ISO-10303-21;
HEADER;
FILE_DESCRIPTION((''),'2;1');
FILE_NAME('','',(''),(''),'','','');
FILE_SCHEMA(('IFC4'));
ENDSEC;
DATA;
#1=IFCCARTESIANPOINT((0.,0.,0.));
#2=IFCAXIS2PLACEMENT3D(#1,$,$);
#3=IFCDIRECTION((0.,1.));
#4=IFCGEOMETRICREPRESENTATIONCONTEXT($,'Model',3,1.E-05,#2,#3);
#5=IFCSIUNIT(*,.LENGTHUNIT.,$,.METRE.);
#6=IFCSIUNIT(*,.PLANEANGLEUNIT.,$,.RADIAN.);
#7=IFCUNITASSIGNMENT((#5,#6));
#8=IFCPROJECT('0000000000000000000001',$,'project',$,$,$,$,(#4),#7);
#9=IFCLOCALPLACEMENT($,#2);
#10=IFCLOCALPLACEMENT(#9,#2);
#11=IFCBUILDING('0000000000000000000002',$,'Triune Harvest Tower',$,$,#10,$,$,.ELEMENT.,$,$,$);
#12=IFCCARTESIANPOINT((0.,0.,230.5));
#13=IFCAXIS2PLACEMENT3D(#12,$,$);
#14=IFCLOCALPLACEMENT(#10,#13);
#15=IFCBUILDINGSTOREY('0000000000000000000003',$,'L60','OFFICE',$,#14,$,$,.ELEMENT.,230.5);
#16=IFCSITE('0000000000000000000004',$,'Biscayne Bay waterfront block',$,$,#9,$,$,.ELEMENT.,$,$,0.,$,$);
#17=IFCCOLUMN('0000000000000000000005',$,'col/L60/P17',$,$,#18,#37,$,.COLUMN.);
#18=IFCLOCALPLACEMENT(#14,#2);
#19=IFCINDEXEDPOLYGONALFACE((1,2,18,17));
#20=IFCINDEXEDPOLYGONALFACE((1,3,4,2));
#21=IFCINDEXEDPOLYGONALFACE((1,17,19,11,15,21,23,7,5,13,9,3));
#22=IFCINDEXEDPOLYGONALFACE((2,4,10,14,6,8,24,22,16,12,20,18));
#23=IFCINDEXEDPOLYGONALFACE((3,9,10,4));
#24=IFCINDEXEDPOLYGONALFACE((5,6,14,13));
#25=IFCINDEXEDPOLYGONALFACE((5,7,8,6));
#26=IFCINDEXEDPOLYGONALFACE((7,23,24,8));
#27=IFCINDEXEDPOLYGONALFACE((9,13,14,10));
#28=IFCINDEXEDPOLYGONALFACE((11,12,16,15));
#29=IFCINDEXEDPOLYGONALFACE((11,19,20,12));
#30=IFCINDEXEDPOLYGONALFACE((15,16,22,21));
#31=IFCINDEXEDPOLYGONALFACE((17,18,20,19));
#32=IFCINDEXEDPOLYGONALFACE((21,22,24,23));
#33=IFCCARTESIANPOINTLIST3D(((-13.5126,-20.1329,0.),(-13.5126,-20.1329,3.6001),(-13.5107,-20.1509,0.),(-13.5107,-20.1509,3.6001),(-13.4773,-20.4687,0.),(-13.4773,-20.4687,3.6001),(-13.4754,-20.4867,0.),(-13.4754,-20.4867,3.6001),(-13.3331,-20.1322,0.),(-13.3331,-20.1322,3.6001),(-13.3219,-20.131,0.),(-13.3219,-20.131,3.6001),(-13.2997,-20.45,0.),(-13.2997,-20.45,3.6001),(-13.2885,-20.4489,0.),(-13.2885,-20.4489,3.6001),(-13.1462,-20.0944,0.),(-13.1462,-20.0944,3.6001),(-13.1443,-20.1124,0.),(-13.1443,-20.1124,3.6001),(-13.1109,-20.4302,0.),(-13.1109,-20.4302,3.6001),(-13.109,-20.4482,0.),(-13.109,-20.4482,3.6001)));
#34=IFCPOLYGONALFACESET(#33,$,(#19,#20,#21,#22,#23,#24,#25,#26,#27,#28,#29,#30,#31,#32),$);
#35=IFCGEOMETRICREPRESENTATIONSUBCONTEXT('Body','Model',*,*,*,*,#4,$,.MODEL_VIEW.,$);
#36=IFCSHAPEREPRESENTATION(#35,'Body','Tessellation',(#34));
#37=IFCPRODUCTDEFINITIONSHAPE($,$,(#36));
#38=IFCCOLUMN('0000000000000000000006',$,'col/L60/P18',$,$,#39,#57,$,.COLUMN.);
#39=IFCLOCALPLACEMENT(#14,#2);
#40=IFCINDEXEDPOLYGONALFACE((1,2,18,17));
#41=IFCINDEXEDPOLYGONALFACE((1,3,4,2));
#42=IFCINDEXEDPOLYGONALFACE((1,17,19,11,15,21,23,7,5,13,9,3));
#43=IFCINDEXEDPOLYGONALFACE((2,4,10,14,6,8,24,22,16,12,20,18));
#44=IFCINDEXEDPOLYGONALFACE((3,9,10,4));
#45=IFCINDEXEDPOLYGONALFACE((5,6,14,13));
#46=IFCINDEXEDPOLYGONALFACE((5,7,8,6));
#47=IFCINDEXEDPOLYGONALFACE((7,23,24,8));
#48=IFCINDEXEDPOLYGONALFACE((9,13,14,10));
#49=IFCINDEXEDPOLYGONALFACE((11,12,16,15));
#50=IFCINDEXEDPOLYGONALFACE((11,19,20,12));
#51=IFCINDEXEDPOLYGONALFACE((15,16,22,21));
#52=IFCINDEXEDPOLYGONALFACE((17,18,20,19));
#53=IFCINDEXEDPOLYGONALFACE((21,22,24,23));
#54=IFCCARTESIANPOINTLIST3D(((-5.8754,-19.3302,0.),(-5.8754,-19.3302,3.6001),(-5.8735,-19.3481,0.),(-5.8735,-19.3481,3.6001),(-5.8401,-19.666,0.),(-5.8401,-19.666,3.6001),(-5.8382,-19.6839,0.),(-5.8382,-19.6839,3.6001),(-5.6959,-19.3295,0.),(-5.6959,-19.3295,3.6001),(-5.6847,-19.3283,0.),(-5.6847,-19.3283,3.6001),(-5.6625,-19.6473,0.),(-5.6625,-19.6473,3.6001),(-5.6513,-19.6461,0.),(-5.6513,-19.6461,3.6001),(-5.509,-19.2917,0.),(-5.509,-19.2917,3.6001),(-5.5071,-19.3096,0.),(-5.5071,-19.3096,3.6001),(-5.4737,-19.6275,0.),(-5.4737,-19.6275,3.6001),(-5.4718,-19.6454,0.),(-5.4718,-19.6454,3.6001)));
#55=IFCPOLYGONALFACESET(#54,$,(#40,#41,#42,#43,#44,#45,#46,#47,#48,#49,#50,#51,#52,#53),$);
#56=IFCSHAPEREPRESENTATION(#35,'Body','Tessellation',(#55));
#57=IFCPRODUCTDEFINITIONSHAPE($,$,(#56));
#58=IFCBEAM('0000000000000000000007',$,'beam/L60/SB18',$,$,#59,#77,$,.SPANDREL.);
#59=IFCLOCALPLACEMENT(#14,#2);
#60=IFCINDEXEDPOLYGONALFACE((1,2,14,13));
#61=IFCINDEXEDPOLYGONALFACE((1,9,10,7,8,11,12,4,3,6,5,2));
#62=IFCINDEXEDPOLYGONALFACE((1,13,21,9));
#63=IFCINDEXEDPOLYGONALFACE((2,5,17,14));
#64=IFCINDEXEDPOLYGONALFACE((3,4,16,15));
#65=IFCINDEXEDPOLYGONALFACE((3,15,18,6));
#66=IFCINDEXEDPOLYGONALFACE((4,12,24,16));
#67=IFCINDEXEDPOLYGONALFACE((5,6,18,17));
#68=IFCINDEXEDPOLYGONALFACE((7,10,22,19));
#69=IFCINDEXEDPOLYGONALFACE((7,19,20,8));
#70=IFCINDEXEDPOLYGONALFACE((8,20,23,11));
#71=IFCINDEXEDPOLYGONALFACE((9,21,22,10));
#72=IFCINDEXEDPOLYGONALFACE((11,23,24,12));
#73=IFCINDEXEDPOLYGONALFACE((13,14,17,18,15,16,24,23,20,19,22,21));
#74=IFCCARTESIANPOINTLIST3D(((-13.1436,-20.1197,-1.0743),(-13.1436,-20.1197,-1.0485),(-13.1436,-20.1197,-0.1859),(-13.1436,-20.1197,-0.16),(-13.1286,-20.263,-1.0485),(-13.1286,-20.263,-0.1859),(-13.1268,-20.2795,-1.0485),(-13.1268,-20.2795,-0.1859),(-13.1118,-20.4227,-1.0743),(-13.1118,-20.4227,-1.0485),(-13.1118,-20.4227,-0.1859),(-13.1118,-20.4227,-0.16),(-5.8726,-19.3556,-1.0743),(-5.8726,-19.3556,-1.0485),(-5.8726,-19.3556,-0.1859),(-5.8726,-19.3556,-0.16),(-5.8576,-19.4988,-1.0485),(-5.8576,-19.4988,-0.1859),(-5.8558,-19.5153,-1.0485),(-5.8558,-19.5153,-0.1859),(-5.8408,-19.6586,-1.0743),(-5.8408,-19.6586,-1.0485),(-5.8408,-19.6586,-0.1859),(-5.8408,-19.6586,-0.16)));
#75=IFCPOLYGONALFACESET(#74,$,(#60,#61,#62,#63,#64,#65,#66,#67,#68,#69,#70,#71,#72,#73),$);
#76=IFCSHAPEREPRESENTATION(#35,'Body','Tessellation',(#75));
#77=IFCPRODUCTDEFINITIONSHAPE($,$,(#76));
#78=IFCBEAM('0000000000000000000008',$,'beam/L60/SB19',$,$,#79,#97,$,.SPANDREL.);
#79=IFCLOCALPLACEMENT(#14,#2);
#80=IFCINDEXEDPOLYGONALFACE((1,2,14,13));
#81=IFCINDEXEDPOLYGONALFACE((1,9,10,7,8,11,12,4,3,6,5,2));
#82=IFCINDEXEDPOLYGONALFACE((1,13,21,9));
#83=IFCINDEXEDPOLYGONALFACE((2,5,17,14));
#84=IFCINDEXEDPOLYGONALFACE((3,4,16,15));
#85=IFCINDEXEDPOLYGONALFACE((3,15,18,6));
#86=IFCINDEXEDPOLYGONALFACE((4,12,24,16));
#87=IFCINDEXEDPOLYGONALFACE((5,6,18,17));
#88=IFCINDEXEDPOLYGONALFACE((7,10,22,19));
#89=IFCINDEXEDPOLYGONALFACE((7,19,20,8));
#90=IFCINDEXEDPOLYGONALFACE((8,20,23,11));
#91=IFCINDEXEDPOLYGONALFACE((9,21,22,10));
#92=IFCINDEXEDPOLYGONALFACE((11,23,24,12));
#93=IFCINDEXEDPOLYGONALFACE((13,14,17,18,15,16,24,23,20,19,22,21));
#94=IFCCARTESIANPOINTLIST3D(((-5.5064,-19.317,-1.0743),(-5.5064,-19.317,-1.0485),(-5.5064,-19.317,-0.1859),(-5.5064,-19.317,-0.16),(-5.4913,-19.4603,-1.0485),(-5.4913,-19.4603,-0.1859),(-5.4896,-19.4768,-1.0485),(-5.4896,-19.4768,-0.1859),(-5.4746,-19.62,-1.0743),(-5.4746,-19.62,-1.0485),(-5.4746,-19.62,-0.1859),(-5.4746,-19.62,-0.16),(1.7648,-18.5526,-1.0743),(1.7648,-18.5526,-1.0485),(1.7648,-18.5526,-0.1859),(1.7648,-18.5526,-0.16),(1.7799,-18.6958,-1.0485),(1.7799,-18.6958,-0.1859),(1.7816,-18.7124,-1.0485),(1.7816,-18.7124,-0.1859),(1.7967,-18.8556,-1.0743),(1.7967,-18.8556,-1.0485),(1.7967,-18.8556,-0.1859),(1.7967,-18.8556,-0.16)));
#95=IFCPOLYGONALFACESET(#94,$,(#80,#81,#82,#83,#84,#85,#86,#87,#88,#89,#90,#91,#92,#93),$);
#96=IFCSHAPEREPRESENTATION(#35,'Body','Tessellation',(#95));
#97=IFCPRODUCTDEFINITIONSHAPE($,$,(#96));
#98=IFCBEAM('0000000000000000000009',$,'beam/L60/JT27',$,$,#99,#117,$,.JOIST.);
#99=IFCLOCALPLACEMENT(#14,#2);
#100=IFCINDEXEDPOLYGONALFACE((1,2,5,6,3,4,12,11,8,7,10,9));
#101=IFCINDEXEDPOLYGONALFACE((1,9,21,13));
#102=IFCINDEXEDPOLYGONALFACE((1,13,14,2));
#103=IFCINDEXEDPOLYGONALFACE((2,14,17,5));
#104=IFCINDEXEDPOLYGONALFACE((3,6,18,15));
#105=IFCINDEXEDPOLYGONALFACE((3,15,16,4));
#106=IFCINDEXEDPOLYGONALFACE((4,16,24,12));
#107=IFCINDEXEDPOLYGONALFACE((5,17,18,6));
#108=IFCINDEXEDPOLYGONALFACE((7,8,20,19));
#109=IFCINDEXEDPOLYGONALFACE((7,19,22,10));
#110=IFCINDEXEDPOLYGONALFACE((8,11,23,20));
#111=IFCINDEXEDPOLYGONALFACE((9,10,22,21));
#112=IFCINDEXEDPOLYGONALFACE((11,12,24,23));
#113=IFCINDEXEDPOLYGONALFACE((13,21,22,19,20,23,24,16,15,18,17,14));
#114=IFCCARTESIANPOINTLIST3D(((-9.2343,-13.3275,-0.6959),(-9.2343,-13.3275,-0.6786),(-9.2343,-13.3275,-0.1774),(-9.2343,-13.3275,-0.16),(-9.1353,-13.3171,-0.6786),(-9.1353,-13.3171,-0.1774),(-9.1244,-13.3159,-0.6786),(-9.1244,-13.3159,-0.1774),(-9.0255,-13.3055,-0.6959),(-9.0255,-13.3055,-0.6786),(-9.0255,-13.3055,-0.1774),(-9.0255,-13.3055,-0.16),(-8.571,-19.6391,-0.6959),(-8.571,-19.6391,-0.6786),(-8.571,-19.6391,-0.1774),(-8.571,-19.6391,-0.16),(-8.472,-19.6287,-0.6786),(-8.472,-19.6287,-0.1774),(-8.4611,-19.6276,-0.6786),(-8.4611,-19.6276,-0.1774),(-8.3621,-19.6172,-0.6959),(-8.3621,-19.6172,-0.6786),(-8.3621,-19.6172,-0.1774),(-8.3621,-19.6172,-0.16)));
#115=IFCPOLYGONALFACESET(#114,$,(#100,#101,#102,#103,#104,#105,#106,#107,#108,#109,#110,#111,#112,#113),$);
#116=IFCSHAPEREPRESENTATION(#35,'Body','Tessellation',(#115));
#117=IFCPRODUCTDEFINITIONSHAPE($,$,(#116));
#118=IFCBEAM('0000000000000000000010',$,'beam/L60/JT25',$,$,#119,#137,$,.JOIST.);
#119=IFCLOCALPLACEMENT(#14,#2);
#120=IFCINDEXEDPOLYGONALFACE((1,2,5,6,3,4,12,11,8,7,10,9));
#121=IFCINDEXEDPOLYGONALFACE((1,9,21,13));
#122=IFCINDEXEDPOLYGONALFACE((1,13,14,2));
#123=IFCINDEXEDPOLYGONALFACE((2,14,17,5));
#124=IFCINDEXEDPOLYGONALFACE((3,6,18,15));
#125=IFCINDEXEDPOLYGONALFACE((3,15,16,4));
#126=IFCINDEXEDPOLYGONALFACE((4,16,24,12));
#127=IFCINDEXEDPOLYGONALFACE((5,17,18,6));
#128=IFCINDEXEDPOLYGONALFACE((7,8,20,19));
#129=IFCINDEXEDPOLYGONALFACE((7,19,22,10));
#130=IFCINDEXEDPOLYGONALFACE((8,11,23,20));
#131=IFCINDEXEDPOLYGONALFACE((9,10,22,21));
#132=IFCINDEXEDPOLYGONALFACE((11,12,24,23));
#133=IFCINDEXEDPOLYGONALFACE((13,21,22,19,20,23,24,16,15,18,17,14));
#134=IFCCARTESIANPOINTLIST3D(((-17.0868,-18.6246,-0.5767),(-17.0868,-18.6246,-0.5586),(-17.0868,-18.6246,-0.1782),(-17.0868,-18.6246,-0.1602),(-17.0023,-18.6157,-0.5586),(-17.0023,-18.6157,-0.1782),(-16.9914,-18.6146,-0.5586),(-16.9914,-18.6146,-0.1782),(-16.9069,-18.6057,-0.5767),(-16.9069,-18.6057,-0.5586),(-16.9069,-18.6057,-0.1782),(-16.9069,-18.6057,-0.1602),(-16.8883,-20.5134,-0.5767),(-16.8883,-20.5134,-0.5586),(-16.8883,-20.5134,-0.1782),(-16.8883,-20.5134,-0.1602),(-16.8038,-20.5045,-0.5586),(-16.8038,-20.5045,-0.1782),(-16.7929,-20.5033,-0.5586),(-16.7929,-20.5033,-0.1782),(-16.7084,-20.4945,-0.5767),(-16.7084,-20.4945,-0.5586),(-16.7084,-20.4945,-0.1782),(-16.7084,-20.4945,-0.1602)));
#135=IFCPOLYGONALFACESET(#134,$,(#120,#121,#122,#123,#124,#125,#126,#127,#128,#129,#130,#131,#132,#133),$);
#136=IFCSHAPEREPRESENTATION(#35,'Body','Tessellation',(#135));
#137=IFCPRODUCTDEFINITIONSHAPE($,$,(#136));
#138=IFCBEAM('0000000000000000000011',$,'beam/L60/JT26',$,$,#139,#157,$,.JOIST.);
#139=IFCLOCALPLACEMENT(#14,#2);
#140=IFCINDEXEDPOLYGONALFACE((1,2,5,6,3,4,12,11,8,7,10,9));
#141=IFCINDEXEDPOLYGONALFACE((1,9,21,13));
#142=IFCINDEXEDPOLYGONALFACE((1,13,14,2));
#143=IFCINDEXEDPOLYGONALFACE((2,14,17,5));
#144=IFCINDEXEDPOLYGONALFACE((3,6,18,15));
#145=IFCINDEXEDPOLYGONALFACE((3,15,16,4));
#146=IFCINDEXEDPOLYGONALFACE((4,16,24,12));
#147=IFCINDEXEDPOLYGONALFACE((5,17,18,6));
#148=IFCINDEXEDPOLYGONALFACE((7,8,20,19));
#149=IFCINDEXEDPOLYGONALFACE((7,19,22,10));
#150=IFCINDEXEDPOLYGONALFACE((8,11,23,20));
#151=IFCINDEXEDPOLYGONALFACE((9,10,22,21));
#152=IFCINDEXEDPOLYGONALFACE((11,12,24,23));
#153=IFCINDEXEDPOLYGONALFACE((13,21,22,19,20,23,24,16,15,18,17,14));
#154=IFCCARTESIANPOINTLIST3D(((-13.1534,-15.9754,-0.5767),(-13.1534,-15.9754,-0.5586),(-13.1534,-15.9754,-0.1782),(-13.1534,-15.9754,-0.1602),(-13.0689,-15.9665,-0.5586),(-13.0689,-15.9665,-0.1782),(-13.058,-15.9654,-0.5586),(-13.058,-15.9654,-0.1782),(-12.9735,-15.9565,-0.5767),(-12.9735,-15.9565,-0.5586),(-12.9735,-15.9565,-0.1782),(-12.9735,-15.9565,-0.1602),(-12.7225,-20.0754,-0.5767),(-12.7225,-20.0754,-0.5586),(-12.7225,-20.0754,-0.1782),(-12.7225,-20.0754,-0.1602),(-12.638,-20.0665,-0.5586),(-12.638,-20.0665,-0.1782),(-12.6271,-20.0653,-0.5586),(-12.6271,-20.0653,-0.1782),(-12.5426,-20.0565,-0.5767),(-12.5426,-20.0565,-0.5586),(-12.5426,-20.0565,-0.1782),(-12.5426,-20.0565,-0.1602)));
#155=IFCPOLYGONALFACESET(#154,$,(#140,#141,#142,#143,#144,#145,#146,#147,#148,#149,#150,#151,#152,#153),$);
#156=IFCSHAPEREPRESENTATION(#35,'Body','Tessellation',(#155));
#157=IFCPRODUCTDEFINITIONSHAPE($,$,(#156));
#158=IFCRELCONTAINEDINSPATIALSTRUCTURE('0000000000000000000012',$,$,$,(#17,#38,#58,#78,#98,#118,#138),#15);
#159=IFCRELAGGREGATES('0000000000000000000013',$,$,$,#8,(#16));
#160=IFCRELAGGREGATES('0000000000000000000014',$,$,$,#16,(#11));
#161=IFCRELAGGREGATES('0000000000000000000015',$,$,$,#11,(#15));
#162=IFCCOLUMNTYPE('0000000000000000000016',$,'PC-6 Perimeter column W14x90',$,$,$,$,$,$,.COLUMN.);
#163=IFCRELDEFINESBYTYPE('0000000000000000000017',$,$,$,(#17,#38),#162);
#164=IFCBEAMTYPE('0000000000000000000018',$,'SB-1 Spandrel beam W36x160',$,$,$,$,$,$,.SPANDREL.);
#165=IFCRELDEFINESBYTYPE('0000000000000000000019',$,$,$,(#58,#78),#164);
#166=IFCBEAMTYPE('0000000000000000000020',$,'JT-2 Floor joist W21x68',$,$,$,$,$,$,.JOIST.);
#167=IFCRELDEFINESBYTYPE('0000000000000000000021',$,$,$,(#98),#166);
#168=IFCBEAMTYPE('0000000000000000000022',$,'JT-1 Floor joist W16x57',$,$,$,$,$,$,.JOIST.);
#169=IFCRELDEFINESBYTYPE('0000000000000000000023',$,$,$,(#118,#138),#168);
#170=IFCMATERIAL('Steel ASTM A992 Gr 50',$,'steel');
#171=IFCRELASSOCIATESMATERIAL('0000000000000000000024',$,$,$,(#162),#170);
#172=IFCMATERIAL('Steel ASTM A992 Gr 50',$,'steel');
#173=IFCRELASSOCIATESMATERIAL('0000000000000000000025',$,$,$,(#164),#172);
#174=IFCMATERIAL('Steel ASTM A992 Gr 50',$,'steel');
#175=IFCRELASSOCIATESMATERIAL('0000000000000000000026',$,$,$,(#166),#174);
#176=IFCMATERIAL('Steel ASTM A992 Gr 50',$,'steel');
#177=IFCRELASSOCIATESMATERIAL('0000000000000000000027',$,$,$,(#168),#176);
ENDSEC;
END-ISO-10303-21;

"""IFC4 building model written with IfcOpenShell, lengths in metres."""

from ifc_helpers import new_model, si_unit, direction, frame, origin, origin_2d, place, context, subcontext, project, spatial, i_section, extrude, source, transform, mapped, material, material_profile, profile_set, type_object, element, save


model = new_model("IFC4")

# Units and contexts
model_context = context("Model", 3, precision=1e-05, world=origin(), true_north=direction((0.0, 1.0)))
body_context = subcontext(model_context, "Body", "Model", "MODEL_VIEW")
ifc_project = project(units=[si_unit("LENGTHUNIT", "METRE"), si_unit("PLANEANGLEUNIT", "RADIAN")], contexts=[model_context])

# Site, building, storey
site_placement = place(None, origin())
site = spatial("IfcSite", under=ifc_project, at=site_placement, Name="Biscayne Bay waterfront block", CompositionType="ELEMENT", RefElevation=0.0)
building_placement = place(site_placement, origin())
building = spatial("IfcBuilding", under=site, at=building_placement, Name="Triune Harvest Tower", CompositionType="ELEMENT")
storey_placement = place(building_placement, frame((0.0, 0.0, 230.5)))
storey = spatial("IfcBuildingStorey", under=building, at=storey_placement, Name="L60", Description="OFFICE", CompositionType="ELEMENT", Elevation=230.5)

# Columns
ifc_material_1 = material(Name="Steel ASTM A992 Gr 50", Category="steel")
ifc_material_profile_1 = material_profile(ifc_material_1, i_section(OverallWidth=0.3684, OverallDepth=0.3557, WebThickness=0.0112, FlangeThickness=0.0181, at=origin_2d()), Name="W14x90")
ifc_profile_set_1 = profile_set([ifc_material_profile_1], Name="Steel ASTM A992 Gr 50")
column_type = type_object("IfcColumnType", Name="PC-6 Perimeter column W14x90", PredefinedType="COLUMN", material=ifc_profile_set_1)
shared_shape_1 = source(origin(), body_context, "Body", "SweptSolid", [
    extrude(i_section(OverallWidth=0.3684, OverallDepth=0.3557, WebThickness=0.0112, FlangeThickness=0.0181, at=origin_2d()), origin(), (0.0, 0.0, 1.0), 3.6001),
])
for number, where, z_axis, x_axis, name in (
    (1, (-13.3108, -20.2905, 0.0), (0.0, 0.0, 1.0), (0.994522, 0.10453, 0.0), "col/L60/P17"),
    (2, (-5.6736, -19.4878, 0.0), (0.0, 0.0, 1.0), (0.994522, 0.10453, 0.0), "col/L60/P18"),
):
    element("IfcColumn", number, at=place(storey_placement, frame(where, z_axis=z_axis, x_axis=x_axis)), inside=storey, type_object=column_type, Name=name, PredefinedType="COLUMN", context=body_context, shape_type="MappedRepresentation", body=[
        mapped(shared_shape_1, transform((0.0, 0.0, 0.0), scale=1.0)),
    ])

# Beams
ifc_material_2 = material(Name="Steel ASTM A992 Gr 50", Category="steel")
ifc_material_profile_2 = material_profile(ifc_material_2, i_section(OverallWidth=0.3047, OverallDepth=0.9143, WebThickness=0.0166, FlangeThickness=0.0259, at=origin_2d()), Name="W36x160")
ifc_profile_set_2 = profile_set([ifc_material_profile_2], Name="Steel ASTM A992 Gr 50")
beam_type_1 = type_object("IfcBeamType", Name="SB-1 Spandrel beam W36x160", PredefinedType="SPANDREL", material=ifc_profile_set_2)
shared_shape_2 = source(origin(), body_context, "Body", "SweptSolid", [
    extrude(i_section(OverallWidth=0.3047, OverallDepth=0.9143, WebThickness=0.0166, FlangeThickness=0.0259, at=origin_2d()), origin(), (0.0, 0.0, 1.0), 7.311),
])
beam_1_placement = place(storey_placement, frame((-13.1277, -20.2712, -0.6172), z_axis=(0.994523, 0.104521, 0.0), x_axis=(-0.104521, 0.994523, 0.0)))
element("IfcBeam", 3, at=beam_1_placement, inside=storey, type_object=beam_type_1, Name="beam/L60/SB18", PredefinedType="SPANDREL", context=body_context, shape_type="MappedRepresentation", body=[
    mapped(shared_shape_2, transform((0.0, 0.0, 0.0), scale=1.0)),
])
shared_shape_3 = source(origin(), body_context, "Body", "SweptSolid", [
    extrude(i_section(OverallWidth=0.3047, OverallDepth=0.9143, WebThickness=0.0166, FlangeThickness=0.0259, at=origin_2d()), origin(), (0.0, 0.0, 1.0), 7.3113),
])
beam_2_placement = place(storey_placement, frame((-5.4905, -19.4685, -0.6172), z_axis=(0.99452, 0.104551, 0.0), x_axis=(-0.104551, 0.99452, 0.0)))
element("IfcBeam", 4, at=beam_2_placement, inside=storey, type_object=beam_type_1, Name="beam/L60/SB19", PredefinedType="SPANDREL", context=body_context, shape_type="MappedRepresentation", body=[
    mapped(shared_shape_3, transform((0.0, 0.0, 0.0), scale=1.0)),
])
ifc_material_3 = material(Name="Steel ASTM A992 Gr 50", Category="steel")
ifc_material_profile_3 = material_profile(ifc_material_3, i_section(OverallWidth=0.21, OverallDepth=0.5359, WebThickness=0.011, FlangeThickness=0.0173, at=origin_2d()), Name="W21x68")
ifc_profile_set_3 = profile_set([ifc_material_profile_3], Name="Steel ASTM A992 Gr 50")
beam_type_2 = type_object("IfcBeamType", Name="JT-2 Floor joist W21x68", PredefinedType="JOIST", material=ifc_profile_set_3)
shared_shape_4 = source(origin(), body_context, "Body", "SweptSolid", [
    extrude(i_section(OverallWidth=0.21, OverallDepth=0.5359, WebThickness=0.011, FlangeThickness=0.0173, at=origin_2d()), origin(), (0.0, 0.0, 1.0), 6.3464),
])
beam_3_placement = place(storey_placement, frame((-8.4666, -19.6282, -0.428), z_axis=(-0.104519, 0.994523, 0.0), x_axis=(-0.994523, -0.104519, 0.0)))
element("IfcBeam", 5, at=beam_3_placement, inside=storey, type_object=beam_type_2, Name="beam/L60/JT27", PredefinedType="JOIST", context=body_context, shape_type="MappedRepresentation", body=[
    mapped(shared_shape_4, transform((0.0, 0.0, 0.0), scale=1.0)),
])
ifc_material_4 = material(Name="Steel ASTM A992 Gr 50", Category="steel")
ifc_material_profile_4 = material_profile(ifc_material_4, i_section(OverallWidth=0.1809, OverallDepth=0.4165, WebThickness=0.011, FlangeThickness=0.0181, at=origin_2d()), Name="W16x57")
ifc_profile_set_4 = profile_set([ifc_material_profile_4], Name="Steel ASTM A992 Gr 50")
beam_type_3 = type_object("IfcBeamType", Name="JT-1 Floor joist W16x57", PredefinedType="JOIST", material=ifc_profile_set_4)
shared_shape_5 = source(origin(), body_context, "Body", "SweptSolid", [
    extrude(i_section(OverallWidth=0.1809, OverallDepth=0.4165, WebThickness=0.011, FlangeThickness=0.0181, at=origin_2d()), origin(), (0.0, 0.0, 1.0), 1.8992),
])
beam_4_placement = place(storey_placement, frame((-16.7983, -20.5039, -0.3684), z_axis=(-0.104517, 0.994523, 0.0), x_axis=(-0.994523, -0.104517, 0.0)))
element("IfcBeam", 6, at=beam_4_placement, inside=storey, type_object=beam_type_3, Name="beam/L60/JT25", PredefinedType="JOIST", context=body_context, shape_type="MappedRepresentation", body=[
    mapped(shared_shape_5, transform((0.0, 0.0, 0.0), scale=1.0)),
])
shared_shape_6 = source(origin(), body_context, "Body", "SweptSolid", [
    extrude(i_section(OverallWidth=0.1809, OverallDepth=0.4165, WebThickness=0.011, FlangeThickness=0.0181, at=origin_2d()), origin(), (0.0, 0.0, 1.0), 4.1226),
])
beam_5_placement = place(storey_placement, frame((-12.6326, -20.0659, -0.3684), z_axis=(-0.104521, 0.994523, 0.0), x_axis=(-0.994523, -0.104521, 0.0)))
element("IfcBeam", 7, at=beam_5_placement, inside=storey, type_object=beam_type_3, Name="beam/L60/JT26", PredefinedType="JOIST", context=body_context, shape_type="MappedRepresentation", body=[
    mapped(shared_shape_6, transform((0.0, 0.0, 0.0), scale=1.0)),
])

save(model, "model.ifc")
